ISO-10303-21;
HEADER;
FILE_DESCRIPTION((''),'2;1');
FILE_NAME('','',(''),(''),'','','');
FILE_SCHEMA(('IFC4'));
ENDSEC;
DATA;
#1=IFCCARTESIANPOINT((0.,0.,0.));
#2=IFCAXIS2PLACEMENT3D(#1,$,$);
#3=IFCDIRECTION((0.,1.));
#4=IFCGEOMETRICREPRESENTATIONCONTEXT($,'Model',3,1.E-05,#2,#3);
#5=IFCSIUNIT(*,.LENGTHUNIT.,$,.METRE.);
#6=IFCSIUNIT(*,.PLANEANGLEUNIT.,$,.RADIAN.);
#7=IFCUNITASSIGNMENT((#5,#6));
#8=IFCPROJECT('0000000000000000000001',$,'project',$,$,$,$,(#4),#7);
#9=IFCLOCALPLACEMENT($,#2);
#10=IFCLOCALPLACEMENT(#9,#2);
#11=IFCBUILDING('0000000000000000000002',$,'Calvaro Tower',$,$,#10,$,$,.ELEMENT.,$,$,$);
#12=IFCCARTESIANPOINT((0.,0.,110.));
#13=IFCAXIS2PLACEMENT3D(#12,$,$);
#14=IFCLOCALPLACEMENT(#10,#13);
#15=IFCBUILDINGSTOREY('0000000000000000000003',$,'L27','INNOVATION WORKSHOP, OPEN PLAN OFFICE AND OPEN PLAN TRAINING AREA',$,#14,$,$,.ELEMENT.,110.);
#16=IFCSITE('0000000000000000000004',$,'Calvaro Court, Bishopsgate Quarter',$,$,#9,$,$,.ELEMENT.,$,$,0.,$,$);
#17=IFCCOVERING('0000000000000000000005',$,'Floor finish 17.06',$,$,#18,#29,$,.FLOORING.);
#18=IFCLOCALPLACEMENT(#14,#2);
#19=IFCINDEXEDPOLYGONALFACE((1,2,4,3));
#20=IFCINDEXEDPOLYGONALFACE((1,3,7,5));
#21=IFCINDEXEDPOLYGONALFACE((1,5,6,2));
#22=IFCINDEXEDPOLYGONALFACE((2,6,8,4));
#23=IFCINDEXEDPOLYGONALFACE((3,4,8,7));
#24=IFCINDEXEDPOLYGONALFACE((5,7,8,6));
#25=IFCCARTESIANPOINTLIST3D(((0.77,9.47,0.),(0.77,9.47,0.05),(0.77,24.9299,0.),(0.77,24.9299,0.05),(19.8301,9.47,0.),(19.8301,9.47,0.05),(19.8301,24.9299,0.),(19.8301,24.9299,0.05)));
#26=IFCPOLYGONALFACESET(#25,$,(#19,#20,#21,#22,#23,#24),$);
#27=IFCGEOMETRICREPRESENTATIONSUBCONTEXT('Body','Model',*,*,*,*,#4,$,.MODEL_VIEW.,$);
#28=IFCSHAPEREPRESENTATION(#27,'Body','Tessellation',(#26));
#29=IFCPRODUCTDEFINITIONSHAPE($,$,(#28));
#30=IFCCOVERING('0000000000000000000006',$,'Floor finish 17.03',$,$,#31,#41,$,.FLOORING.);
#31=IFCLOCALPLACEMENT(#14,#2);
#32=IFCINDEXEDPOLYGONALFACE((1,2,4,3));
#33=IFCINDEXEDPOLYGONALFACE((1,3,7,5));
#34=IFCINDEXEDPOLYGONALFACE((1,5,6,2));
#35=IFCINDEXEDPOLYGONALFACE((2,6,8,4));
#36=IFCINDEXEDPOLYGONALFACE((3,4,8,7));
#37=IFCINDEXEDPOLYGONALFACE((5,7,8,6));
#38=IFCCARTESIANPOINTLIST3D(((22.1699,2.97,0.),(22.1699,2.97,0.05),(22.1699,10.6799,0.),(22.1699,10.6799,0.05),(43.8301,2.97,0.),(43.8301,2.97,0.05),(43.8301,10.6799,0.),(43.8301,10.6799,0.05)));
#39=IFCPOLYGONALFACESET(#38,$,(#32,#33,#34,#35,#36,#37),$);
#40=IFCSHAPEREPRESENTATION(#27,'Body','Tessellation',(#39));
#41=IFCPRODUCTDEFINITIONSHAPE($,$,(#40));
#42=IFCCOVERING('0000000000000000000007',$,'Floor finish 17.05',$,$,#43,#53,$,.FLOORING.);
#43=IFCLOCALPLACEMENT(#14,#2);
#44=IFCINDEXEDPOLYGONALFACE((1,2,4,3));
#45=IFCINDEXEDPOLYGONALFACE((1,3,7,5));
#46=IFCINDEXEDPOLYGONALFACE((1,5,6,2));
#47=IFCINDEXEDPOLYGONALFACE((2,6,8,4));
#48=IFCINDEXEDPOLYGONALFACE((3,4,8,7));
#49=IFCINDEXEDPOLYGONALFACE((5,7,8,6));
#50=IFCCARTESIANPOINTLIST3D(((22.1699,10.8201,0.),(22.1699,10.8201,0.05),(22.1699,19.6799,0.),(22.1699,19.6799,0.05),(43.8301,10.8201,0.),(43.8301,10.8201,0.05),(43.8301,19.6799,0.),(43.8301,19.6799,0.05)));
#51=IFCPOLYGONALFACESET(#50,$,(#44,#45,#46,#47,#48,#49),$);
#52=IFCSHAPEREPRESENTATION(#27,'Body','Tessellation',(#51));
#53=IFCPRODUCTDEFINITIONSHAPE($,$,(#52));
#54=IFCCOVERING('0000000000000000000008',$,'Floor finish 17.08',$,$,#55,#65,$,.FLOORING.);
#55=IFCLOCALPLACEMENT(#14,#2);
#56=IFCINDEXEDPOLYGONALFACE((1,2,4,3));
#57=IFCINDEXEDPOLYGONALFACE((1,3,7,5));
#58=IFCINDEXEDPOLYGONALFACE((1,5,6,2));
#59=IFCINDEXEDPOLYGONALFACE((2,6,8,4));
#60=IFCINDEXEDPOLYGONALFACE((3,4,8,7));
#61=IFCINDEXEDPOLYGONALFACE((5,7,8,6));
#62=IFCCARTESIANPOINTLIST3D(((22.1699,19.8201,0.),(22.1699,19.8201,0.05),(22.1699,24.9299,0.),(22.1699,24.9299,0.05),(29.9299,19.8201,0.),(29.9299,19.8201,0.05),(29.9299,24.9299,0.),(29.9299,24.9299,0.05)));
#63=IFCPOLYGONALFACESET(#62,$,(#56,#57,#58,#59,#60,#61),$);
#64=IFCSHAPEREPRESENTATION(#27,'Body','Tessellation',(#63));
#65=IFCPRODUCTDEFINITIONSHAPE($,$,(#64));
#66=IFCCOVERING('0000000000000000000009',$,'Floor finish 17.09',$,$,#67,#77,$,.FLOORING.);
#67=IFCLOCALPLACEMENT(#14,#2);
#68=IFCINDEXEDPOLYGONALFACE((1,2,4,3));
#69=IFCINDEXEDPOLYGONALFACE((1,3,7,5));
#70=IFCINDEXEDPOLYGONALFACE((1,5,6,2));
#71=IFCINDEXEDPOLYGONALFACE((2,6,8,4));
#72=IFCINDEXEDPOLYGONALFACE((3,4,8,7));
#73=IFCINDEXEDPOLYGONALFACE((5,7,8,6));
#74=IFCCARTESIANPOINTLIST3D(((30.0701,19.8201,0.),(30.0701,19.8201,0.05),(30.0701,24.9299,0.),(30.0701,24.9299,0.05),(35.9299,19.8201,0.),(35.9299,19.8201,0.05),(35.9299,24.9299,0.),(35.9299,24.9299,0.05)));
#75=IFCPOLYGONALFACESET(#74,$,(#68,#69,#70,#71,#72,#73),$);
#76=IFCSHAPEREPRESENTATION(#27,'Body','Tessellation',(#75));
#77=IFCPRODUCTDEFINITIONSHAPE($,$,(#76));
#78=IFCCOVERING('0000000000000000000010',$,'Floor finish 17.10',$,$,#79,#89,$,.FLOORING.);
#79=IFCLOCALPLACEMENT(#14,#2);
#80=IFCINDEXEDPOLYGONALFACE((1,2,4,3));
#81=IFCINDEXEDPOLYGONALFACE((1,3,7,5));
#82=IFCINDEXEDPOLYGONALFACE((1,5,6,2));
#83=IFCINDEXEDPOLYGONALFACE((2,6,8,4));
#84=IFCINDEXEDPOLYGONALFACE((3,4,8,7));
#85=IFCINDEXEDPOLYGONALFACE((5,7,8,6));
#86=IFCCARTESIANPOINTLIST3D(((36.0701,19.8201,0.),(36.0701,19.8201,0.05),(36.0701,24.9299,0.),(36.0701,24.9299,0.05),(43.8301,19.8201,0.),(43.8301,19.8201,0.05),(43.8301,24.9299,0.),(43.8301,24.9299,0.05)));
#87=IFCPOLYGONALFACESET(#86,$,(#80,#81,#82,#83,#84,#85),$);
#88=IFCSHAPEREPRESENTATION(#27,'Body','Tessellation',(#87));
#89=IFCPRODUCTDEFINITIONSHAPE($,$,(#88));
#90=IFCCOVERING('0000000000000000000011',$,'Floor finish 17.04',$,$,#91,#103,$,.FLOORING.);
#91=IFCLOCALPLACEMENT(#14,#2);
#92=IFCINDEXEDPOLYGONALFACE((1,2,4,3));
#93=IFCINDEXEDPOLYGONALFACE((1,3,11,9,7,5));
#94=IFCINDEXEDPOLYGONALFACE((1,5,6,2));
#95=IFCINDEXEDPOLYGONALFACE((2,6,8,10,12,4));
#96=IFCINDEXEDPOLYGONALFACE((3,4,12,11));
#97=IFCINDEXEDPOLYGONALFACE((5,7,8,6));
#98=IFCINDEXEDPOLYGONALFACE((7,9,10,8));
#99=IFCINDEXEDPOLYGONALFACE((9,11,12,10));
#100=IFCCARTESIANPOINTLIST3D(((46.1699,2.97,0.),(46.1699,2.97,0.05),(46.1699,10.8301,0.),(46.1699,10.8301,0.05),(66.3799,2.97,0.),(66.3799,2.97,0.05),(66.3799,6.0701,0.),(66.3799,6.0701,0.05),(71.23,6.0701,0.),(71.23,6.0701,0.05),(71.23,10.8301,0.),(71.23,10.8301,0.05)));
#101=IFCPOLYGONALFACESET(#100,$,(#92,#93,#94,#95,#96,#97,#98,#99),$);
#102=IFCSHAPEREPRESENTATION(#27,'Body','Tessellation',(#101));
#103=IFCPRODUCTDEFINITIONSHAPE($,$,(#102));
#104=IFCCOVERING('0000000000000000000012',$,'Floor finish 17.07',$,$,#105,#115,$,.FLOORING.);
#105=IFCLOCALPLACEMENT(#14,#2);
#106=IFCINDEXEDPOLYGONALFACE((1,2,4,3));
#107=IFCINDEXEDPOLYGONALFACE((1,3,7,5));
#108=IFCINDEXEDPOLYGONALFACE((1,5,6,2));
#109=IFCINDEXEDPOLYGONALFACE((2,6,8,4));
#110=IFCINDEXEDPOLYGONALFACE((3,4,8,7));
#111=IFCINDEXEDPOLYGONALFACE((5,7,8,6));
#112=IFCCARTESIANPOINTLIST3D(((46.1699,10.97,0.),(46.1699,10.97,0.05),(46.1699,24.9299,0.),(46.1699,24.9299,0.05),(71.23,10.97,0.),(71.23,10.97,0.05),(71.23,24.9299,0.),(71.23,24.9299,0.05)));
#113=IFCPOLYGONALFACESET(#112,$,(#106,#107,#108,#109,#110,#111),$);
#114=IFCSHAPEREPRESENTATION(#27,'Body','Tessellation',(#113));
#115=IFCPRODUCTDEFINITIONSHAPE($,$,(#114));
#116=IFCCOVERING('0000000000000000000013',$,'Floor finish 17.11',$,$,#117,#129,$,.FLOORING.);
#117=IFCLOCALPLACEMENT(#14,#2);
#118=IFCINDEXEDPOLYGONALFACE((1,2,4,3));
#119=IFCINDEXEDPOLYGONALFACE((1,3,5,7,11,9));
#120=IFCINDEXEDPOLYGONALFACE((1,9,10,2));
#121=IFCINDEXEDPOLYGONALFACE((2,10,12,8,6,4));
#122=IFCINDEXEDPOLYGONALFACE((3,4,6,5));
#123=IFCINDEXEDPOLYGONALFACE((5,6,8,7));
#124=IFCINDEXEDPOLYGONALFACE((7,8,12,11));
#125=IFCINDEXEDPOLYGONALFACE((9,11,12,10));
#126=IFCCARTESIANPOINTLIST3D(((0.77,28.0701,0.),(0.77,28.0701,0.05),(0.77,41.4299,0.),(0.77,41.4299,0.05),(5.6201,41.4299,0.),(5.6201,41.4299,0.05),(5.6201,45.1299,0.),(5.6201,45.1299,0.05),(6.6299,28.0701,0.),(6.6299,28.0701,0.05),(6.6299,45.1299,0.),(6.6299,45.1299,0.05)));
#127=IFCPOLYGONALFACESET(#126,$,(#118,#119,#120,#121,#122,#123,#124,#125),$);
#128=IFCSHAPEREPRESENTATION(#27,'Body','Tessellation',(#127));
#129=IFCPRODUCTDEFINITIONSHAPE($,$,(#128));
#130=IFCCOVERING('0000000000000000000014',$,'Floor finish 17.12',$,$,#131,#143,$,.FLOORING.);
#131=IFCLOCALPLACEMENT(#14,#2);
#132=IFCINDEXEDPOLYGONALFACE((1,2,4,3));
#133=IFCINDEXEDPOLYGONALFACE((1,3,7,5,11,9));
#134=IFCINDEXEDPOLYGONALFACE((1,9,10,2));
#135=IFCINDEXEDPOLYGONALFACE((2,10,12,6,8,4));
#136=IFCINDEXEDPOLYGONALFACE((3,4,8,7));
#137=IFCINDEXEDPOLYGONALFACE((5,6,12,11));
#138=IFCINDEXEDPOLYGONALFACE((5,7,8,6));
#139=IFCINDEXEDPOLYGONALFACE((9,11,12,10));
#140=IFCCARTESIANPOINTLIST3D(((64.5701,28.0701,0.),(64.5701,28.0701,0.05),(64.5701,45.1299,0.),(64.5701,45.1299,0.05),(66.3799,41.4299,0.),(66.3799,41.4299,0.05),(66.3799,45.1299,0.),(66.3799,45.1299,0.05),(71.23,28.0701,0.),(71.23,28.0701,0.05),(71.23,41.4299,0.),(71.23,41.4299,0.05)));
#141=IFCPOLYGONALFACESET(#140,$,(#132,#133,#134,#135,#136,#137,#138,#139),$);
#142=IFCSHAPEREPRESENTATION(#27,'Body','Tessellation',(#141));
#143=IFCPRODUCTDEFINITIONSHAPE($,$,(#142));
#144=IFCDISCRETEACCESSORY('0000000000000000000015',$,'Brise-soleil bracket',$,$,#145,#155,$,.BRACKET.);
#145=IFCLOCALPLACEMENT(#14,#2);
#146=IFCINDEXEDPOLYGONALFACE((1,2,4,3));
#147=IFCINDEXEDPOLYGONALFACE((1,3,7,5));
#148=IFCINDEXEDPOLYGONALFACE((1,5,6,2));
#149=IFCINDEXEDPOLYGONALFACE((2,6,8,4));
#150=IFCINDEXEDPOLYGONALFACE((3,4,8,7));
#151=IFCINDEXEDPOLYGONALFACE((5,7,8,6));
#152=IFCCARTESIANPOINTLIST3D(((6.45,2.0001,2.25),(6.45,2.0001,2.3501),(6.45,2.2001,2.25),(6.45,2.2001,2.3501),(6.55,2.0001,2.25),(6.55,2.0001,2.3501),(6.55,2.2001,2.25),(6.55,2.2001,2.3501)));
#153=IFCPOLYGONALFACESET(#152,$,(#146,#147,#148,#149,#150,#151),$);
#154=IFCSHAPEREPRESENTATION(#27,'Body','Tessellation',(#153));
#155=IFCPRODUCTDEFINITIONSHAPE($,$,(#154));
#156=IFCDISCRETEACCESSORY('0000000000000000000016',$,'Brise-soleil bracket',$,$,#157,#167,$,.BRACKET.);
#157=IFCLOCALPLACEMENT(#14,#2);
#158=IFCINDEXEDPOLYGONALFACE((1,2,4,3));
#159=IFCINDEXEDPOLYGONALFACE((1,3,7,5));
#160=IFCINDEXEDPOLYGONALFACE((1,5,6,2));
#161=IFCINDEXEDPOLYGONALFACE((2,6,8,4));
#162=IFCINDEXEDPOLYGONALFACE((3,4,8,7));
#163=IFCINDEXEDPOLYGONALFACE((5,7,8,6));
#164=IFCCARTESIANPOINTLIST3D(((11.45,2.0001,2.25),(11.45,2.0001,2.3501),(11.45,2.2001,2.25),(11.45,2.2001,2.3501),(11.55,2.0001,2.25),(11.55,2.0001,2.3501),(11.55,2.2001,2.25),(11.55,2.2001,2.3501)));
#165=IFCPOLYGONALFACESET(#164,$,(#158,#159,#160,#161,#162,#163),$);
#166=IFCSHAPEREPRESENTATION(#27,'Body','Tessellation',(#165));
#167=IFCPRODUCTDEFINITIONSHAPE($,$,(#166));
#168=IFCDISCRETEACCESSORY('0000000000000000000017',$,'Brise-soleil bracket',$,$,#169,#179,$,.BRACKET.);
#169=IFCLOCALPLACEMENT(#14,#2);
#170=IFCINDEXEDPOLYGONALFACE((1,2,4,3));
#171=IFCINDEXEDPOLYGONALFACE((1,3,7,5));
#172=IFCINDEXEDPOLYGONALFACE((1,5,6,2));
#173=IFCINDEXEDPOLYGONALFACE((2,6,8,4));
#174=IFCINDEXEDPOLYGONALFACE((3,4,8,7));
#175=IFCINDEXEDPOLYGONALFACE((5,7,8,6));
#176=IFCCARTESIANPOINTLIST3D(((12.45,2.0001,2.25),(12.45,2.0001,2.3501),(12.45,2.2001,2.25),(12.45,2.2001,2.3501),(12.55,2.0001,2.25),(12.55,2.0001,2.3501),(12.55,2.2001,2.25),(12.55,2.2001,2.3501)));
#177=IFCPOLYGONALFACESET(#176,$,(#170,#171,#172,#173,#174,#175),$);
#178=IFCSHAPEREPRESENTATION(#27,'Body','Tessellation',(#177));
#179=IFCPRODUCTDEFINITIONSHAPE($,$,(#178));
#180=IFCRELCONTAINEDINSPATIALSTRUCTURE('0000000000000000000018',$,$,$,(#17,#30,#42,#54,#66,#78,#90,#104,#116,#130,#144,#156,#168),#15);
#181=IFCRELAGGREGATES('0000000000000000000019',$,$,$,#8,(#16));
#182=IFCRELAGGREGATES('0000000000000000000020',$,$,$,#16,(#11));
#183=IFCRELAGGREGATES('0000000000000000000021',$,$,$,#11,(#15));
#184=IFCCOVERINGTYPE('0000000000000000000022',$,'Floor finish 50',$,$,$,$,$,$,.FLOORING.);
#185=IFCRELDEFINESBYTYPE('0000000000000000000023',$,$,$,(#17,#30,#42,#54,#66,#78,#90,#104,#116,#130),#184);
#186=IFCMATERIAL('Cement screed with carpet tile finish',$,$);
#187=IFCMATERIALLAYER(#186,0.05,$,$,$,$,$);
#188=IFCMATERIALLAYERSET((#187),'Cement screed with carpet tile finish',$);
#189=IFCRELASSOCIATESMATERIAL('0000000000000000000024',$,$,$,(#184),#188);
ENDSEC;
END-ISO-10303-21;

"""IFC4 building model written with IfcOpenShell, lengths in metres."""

from ifc_helpers import new_model, si_unit, direction, frame, origin, origin_2d, place, context, subcontext, project, spatial, polyline, rectangle, outline, extrude, material, layer, layer_set, type_object, element, save


model = new_model("IFC4")

# Units and contexts
model_context = context("Model", 3, precision=1e-05, world=origin(), true_north=direction((0.0, 1.0)))
body_context = subcontext(model_context, "Body", "Model", "MODEL_VIEW")
ifc_project = project(units=[si_unit("LENGTHUNIT", "METRE"), si_unit("PLANEANGLEUNIT", "RADIAN")], contexts=[model_context])

# Site, building, storey
site_placement = place(None, origin())
site = spatial("IfcSite", under=ifc_project, at=site_placement, Name="Calvaro Court, Bishopsgate Quarter", CompositionType="ELEMENT", RefElevation=0.0)
building_placement = place(site_placement, origin())
building = spatial("IfcBuilding", under=site, at=building_placement, Name="Calvaro Tower", CompositionType="ELEMENT")
storey_placement = place(building_placement, frame((0.0, 0.0, 110.0)))
storey = spatial("IfcBuildingStorey", under=building, at=storey_placement, Name="L27", Description="INNOVATION WORKSHOP, OPEN PLAN OFFICE AND OPEN PLAN TRAINING AREA", CompositionType="ELEMENT", Elevation=110.0)

# Coverings
ifc_material_1 = material(Name="Cement screed with carpet tile finish")
ifc_layer_1 = layer(ifc_material_1, 0.05)
ifc_layer_set_1 = layer_set([ifc_layer_1], Name="Cement screed with carpet tile finish")
covering_type = type_object("IfcCoveringType", Name="Floor finish 50", PredefinedType="FLOORING", material=ifc_layer_set_1)
covering_1_placement = place(storey_placement, origin())
element("IfcCovering", 1, at=covering_1_placement, inside=storey, type_object=covering_type, Name="Floor finish 17.06", PredefinedType="FLOORING", context=body_context, shape_type="SweptSolid", body=[
    extrude(outline(polyline([(19.8301, 24.9299), (19.8301, 9.47), (0.77, 9.47), (0.77, 24.9299), (19.8301, 24.9299)])), origin(), (0.0, 0.0, 1.0), 0.05),
])
covering_2_placement = place(storey_placement, origin())
element("IfcCovering", 2, at=covering_2_placement, inside=storey, type_object=covering_type, Name="Floor finish 17.03", PredefinedType="FLOORING", context=body_context, shape_type="SweptSolid", body=[
    extrude(outline(polyline([(22.1699, 10.6799), (43.8301, 10.6799), (43.8301, 2.97), (22.1699, 2.97), (22.1699, 10.6799)])), origin(), (0.0, 0.0, 1.0), 0.05),
])
covering_3_placement = place(storey_placement, origin())
element("IfcCovering", 3, at=covering_3_placement, inside=storey, type_object=covering_type, Name="Floor finish 17.05", PredefinedType="FLOORING", context=body_context, shape_type="SweptSolid", body=[
    extrude(outline(polyline([(22.1699, 10.8201), (22.1699, 19.6799), (43.8301, 19.6799), (43.8301, 10.8201), (22.1699, 10.8201)])), origin(), (0.0, 0.0, 1.0), 0.05),
])
covering_4_placement = place(storey_placement, origin())
element("IfcCovering", 4, at=covering_4_placement, inside=storey, type_object=covering_type, Name="Floor finish 17.08", PredefinedType="FLOORING", context=body_context, shape_type="SweptSolid", body=[
    extrude(outline(polyline([(22.1699, 19.8201), (22.1699, 24.9299), (29.9299, 24.9299), (29.9299, 19.8201), (22.1699, 19.8201)])), origin(), (0.0, 0.0, 1.0), 0.05),
])
covering_5_placement = place(storey_placement, origin())
element("IfcCovering", 5, at=covering_5_placement, inside=storey, type_object=covering_type, Name="Floor finish 17.09", PredefinedType="FLOORING", context=body_context, shape_type="SweptSolid", body=[
    extrude(outline(polyline([(30.0701, 19.8201), (30.0701, 24.9299), (35.9299, 24.9299), (35.9299, 19.8201), (30.0701, 19.8201)])), origin(), (0.0, 0.0, 1.0), 0.05),
])
covering_6_placement = place(storey_placement, origin())
element("IfcCovering", 6, at=covering_6_placement, inside=storey, type_object=covering_type, Name="Floor finish 17.10", PredefinedType="FLOORING", context=body_context, shape_type="SweptSolid", body=[
    extrude(outline(polyline([(36.0701, 19.8201), (36.0701, 24.9299), (43.8301, 24.9299), (43.8301, 19.8201), (36.0701, 19.8201)])), origin(), (0.0, 0.0, 1.0), 0.05),
])
covering_7_placement = place(storey_placement, origin())
element("IfcCovering", 7, at=covering_7_placement, inside=storey, type_object=covering_type, Name="Floor finish 17.04", PredefinedType="FLOORING", context=body_context, shape_type="SweptSolid", body=[
    extrude(outline(polyline([(71.23, 6.0701), (66.3799, 6.0701), (66.3799, 2.97), (46.1699, 2.97), (46.1699, 10.8301), (71.23, 10.8301), (71.23, 6.0701)])), origin(), (0.0, 0.0, 1.0), 0.05),
])
covering_8_placement = place(storey_placement, origin())
element("IfcCovering", 8, at=covering_8_placement, inside=storey, type_object=covering_type, Name="Floor finish 17.07", PredefinedType="FLOORING", context=body_context, shape_type="SweptSolid", body=[
    extrude(outline(polyline([(71.23, 10.97), (46.1699, 10.97), (46.1699, 24.9299), (71.23, 24.9299), (71.23, 10.97)])), origin(), (0.0, 0.0, 1.0), 0.05),
])
covering_9_placement = place(storey_placement, origin())
element("IfcCovering", 9, at=covering_9_placement, inside=storey, type_object=covering_type, Name="Floor finish 17.11", PredefinedType="FLOORING", context=body_context, shape_type="SweptSolid", body=[
    extrude(outline(polyline([(6.6299, 28.0701), (0.77, 28.0701), (0.77, 41.4299), (5.6201, 41.4299), (5.6201, 45.1299), (6.6299, 45.1299), (6.6299, 28.0701)])), origin(), (0.0, 0.0, 1.0), 0.05),
])
covering_10_placement = place(storey_placement, origin())
element("IfcCovering", 10, at=covering_10_placement, inside=storey, type_object=covering_type, Name="Floor finish 17.12", PredefinedType="FLOORING", context=body_context, shape_type="SweptSolid", body=[
    extrude(outline(polyline([(71.23, 28.0701), (64.5701, 28.0701), (64.5701, 45.1299), (66.3799, 45.1299), (66.3799, 41.4299), (71.23, 41.4299), (71.23, 28.0701)])), origin(), (0.0, 0.0, 1.0), 0.05),
])

# Discrete accessories
for number, where, z_axis, x_axis, name in (
    (11, (6.5, 2.1001, 2.25), (0.0, 0.0, 1.0), (1.0, 0.0, 0.0), "Brise-soleil bracket"),
    (12, (11.5, 2.1001, 2.25), (0.0, 0.0, 1.0), (1.0, 0.0, 0.0), "Brise-soleil bracket"),
    (13, (12.5, 2.1001, 2.25), (0.0, 0.0, 1.0), (1.0, 0.0, 0.0), "Brise-soleil bracket"),
):
    element("IfcDiscreteAccessory", number, at=place(storey_placement, frame(where, z_axis=z_axis, x_axis=x_axis)), inside=storey, Name=name, PredefinedType="BRACKET", context=body_context, shape_type="SweptSolid", body=[
        extrude(rectangle(XDim=0.1001, YDim=0.2, at=origin_2d()), origin(), (0.0, 0.0, 1.0), 0.1001),
    ])

save(model, "model.ifc")
